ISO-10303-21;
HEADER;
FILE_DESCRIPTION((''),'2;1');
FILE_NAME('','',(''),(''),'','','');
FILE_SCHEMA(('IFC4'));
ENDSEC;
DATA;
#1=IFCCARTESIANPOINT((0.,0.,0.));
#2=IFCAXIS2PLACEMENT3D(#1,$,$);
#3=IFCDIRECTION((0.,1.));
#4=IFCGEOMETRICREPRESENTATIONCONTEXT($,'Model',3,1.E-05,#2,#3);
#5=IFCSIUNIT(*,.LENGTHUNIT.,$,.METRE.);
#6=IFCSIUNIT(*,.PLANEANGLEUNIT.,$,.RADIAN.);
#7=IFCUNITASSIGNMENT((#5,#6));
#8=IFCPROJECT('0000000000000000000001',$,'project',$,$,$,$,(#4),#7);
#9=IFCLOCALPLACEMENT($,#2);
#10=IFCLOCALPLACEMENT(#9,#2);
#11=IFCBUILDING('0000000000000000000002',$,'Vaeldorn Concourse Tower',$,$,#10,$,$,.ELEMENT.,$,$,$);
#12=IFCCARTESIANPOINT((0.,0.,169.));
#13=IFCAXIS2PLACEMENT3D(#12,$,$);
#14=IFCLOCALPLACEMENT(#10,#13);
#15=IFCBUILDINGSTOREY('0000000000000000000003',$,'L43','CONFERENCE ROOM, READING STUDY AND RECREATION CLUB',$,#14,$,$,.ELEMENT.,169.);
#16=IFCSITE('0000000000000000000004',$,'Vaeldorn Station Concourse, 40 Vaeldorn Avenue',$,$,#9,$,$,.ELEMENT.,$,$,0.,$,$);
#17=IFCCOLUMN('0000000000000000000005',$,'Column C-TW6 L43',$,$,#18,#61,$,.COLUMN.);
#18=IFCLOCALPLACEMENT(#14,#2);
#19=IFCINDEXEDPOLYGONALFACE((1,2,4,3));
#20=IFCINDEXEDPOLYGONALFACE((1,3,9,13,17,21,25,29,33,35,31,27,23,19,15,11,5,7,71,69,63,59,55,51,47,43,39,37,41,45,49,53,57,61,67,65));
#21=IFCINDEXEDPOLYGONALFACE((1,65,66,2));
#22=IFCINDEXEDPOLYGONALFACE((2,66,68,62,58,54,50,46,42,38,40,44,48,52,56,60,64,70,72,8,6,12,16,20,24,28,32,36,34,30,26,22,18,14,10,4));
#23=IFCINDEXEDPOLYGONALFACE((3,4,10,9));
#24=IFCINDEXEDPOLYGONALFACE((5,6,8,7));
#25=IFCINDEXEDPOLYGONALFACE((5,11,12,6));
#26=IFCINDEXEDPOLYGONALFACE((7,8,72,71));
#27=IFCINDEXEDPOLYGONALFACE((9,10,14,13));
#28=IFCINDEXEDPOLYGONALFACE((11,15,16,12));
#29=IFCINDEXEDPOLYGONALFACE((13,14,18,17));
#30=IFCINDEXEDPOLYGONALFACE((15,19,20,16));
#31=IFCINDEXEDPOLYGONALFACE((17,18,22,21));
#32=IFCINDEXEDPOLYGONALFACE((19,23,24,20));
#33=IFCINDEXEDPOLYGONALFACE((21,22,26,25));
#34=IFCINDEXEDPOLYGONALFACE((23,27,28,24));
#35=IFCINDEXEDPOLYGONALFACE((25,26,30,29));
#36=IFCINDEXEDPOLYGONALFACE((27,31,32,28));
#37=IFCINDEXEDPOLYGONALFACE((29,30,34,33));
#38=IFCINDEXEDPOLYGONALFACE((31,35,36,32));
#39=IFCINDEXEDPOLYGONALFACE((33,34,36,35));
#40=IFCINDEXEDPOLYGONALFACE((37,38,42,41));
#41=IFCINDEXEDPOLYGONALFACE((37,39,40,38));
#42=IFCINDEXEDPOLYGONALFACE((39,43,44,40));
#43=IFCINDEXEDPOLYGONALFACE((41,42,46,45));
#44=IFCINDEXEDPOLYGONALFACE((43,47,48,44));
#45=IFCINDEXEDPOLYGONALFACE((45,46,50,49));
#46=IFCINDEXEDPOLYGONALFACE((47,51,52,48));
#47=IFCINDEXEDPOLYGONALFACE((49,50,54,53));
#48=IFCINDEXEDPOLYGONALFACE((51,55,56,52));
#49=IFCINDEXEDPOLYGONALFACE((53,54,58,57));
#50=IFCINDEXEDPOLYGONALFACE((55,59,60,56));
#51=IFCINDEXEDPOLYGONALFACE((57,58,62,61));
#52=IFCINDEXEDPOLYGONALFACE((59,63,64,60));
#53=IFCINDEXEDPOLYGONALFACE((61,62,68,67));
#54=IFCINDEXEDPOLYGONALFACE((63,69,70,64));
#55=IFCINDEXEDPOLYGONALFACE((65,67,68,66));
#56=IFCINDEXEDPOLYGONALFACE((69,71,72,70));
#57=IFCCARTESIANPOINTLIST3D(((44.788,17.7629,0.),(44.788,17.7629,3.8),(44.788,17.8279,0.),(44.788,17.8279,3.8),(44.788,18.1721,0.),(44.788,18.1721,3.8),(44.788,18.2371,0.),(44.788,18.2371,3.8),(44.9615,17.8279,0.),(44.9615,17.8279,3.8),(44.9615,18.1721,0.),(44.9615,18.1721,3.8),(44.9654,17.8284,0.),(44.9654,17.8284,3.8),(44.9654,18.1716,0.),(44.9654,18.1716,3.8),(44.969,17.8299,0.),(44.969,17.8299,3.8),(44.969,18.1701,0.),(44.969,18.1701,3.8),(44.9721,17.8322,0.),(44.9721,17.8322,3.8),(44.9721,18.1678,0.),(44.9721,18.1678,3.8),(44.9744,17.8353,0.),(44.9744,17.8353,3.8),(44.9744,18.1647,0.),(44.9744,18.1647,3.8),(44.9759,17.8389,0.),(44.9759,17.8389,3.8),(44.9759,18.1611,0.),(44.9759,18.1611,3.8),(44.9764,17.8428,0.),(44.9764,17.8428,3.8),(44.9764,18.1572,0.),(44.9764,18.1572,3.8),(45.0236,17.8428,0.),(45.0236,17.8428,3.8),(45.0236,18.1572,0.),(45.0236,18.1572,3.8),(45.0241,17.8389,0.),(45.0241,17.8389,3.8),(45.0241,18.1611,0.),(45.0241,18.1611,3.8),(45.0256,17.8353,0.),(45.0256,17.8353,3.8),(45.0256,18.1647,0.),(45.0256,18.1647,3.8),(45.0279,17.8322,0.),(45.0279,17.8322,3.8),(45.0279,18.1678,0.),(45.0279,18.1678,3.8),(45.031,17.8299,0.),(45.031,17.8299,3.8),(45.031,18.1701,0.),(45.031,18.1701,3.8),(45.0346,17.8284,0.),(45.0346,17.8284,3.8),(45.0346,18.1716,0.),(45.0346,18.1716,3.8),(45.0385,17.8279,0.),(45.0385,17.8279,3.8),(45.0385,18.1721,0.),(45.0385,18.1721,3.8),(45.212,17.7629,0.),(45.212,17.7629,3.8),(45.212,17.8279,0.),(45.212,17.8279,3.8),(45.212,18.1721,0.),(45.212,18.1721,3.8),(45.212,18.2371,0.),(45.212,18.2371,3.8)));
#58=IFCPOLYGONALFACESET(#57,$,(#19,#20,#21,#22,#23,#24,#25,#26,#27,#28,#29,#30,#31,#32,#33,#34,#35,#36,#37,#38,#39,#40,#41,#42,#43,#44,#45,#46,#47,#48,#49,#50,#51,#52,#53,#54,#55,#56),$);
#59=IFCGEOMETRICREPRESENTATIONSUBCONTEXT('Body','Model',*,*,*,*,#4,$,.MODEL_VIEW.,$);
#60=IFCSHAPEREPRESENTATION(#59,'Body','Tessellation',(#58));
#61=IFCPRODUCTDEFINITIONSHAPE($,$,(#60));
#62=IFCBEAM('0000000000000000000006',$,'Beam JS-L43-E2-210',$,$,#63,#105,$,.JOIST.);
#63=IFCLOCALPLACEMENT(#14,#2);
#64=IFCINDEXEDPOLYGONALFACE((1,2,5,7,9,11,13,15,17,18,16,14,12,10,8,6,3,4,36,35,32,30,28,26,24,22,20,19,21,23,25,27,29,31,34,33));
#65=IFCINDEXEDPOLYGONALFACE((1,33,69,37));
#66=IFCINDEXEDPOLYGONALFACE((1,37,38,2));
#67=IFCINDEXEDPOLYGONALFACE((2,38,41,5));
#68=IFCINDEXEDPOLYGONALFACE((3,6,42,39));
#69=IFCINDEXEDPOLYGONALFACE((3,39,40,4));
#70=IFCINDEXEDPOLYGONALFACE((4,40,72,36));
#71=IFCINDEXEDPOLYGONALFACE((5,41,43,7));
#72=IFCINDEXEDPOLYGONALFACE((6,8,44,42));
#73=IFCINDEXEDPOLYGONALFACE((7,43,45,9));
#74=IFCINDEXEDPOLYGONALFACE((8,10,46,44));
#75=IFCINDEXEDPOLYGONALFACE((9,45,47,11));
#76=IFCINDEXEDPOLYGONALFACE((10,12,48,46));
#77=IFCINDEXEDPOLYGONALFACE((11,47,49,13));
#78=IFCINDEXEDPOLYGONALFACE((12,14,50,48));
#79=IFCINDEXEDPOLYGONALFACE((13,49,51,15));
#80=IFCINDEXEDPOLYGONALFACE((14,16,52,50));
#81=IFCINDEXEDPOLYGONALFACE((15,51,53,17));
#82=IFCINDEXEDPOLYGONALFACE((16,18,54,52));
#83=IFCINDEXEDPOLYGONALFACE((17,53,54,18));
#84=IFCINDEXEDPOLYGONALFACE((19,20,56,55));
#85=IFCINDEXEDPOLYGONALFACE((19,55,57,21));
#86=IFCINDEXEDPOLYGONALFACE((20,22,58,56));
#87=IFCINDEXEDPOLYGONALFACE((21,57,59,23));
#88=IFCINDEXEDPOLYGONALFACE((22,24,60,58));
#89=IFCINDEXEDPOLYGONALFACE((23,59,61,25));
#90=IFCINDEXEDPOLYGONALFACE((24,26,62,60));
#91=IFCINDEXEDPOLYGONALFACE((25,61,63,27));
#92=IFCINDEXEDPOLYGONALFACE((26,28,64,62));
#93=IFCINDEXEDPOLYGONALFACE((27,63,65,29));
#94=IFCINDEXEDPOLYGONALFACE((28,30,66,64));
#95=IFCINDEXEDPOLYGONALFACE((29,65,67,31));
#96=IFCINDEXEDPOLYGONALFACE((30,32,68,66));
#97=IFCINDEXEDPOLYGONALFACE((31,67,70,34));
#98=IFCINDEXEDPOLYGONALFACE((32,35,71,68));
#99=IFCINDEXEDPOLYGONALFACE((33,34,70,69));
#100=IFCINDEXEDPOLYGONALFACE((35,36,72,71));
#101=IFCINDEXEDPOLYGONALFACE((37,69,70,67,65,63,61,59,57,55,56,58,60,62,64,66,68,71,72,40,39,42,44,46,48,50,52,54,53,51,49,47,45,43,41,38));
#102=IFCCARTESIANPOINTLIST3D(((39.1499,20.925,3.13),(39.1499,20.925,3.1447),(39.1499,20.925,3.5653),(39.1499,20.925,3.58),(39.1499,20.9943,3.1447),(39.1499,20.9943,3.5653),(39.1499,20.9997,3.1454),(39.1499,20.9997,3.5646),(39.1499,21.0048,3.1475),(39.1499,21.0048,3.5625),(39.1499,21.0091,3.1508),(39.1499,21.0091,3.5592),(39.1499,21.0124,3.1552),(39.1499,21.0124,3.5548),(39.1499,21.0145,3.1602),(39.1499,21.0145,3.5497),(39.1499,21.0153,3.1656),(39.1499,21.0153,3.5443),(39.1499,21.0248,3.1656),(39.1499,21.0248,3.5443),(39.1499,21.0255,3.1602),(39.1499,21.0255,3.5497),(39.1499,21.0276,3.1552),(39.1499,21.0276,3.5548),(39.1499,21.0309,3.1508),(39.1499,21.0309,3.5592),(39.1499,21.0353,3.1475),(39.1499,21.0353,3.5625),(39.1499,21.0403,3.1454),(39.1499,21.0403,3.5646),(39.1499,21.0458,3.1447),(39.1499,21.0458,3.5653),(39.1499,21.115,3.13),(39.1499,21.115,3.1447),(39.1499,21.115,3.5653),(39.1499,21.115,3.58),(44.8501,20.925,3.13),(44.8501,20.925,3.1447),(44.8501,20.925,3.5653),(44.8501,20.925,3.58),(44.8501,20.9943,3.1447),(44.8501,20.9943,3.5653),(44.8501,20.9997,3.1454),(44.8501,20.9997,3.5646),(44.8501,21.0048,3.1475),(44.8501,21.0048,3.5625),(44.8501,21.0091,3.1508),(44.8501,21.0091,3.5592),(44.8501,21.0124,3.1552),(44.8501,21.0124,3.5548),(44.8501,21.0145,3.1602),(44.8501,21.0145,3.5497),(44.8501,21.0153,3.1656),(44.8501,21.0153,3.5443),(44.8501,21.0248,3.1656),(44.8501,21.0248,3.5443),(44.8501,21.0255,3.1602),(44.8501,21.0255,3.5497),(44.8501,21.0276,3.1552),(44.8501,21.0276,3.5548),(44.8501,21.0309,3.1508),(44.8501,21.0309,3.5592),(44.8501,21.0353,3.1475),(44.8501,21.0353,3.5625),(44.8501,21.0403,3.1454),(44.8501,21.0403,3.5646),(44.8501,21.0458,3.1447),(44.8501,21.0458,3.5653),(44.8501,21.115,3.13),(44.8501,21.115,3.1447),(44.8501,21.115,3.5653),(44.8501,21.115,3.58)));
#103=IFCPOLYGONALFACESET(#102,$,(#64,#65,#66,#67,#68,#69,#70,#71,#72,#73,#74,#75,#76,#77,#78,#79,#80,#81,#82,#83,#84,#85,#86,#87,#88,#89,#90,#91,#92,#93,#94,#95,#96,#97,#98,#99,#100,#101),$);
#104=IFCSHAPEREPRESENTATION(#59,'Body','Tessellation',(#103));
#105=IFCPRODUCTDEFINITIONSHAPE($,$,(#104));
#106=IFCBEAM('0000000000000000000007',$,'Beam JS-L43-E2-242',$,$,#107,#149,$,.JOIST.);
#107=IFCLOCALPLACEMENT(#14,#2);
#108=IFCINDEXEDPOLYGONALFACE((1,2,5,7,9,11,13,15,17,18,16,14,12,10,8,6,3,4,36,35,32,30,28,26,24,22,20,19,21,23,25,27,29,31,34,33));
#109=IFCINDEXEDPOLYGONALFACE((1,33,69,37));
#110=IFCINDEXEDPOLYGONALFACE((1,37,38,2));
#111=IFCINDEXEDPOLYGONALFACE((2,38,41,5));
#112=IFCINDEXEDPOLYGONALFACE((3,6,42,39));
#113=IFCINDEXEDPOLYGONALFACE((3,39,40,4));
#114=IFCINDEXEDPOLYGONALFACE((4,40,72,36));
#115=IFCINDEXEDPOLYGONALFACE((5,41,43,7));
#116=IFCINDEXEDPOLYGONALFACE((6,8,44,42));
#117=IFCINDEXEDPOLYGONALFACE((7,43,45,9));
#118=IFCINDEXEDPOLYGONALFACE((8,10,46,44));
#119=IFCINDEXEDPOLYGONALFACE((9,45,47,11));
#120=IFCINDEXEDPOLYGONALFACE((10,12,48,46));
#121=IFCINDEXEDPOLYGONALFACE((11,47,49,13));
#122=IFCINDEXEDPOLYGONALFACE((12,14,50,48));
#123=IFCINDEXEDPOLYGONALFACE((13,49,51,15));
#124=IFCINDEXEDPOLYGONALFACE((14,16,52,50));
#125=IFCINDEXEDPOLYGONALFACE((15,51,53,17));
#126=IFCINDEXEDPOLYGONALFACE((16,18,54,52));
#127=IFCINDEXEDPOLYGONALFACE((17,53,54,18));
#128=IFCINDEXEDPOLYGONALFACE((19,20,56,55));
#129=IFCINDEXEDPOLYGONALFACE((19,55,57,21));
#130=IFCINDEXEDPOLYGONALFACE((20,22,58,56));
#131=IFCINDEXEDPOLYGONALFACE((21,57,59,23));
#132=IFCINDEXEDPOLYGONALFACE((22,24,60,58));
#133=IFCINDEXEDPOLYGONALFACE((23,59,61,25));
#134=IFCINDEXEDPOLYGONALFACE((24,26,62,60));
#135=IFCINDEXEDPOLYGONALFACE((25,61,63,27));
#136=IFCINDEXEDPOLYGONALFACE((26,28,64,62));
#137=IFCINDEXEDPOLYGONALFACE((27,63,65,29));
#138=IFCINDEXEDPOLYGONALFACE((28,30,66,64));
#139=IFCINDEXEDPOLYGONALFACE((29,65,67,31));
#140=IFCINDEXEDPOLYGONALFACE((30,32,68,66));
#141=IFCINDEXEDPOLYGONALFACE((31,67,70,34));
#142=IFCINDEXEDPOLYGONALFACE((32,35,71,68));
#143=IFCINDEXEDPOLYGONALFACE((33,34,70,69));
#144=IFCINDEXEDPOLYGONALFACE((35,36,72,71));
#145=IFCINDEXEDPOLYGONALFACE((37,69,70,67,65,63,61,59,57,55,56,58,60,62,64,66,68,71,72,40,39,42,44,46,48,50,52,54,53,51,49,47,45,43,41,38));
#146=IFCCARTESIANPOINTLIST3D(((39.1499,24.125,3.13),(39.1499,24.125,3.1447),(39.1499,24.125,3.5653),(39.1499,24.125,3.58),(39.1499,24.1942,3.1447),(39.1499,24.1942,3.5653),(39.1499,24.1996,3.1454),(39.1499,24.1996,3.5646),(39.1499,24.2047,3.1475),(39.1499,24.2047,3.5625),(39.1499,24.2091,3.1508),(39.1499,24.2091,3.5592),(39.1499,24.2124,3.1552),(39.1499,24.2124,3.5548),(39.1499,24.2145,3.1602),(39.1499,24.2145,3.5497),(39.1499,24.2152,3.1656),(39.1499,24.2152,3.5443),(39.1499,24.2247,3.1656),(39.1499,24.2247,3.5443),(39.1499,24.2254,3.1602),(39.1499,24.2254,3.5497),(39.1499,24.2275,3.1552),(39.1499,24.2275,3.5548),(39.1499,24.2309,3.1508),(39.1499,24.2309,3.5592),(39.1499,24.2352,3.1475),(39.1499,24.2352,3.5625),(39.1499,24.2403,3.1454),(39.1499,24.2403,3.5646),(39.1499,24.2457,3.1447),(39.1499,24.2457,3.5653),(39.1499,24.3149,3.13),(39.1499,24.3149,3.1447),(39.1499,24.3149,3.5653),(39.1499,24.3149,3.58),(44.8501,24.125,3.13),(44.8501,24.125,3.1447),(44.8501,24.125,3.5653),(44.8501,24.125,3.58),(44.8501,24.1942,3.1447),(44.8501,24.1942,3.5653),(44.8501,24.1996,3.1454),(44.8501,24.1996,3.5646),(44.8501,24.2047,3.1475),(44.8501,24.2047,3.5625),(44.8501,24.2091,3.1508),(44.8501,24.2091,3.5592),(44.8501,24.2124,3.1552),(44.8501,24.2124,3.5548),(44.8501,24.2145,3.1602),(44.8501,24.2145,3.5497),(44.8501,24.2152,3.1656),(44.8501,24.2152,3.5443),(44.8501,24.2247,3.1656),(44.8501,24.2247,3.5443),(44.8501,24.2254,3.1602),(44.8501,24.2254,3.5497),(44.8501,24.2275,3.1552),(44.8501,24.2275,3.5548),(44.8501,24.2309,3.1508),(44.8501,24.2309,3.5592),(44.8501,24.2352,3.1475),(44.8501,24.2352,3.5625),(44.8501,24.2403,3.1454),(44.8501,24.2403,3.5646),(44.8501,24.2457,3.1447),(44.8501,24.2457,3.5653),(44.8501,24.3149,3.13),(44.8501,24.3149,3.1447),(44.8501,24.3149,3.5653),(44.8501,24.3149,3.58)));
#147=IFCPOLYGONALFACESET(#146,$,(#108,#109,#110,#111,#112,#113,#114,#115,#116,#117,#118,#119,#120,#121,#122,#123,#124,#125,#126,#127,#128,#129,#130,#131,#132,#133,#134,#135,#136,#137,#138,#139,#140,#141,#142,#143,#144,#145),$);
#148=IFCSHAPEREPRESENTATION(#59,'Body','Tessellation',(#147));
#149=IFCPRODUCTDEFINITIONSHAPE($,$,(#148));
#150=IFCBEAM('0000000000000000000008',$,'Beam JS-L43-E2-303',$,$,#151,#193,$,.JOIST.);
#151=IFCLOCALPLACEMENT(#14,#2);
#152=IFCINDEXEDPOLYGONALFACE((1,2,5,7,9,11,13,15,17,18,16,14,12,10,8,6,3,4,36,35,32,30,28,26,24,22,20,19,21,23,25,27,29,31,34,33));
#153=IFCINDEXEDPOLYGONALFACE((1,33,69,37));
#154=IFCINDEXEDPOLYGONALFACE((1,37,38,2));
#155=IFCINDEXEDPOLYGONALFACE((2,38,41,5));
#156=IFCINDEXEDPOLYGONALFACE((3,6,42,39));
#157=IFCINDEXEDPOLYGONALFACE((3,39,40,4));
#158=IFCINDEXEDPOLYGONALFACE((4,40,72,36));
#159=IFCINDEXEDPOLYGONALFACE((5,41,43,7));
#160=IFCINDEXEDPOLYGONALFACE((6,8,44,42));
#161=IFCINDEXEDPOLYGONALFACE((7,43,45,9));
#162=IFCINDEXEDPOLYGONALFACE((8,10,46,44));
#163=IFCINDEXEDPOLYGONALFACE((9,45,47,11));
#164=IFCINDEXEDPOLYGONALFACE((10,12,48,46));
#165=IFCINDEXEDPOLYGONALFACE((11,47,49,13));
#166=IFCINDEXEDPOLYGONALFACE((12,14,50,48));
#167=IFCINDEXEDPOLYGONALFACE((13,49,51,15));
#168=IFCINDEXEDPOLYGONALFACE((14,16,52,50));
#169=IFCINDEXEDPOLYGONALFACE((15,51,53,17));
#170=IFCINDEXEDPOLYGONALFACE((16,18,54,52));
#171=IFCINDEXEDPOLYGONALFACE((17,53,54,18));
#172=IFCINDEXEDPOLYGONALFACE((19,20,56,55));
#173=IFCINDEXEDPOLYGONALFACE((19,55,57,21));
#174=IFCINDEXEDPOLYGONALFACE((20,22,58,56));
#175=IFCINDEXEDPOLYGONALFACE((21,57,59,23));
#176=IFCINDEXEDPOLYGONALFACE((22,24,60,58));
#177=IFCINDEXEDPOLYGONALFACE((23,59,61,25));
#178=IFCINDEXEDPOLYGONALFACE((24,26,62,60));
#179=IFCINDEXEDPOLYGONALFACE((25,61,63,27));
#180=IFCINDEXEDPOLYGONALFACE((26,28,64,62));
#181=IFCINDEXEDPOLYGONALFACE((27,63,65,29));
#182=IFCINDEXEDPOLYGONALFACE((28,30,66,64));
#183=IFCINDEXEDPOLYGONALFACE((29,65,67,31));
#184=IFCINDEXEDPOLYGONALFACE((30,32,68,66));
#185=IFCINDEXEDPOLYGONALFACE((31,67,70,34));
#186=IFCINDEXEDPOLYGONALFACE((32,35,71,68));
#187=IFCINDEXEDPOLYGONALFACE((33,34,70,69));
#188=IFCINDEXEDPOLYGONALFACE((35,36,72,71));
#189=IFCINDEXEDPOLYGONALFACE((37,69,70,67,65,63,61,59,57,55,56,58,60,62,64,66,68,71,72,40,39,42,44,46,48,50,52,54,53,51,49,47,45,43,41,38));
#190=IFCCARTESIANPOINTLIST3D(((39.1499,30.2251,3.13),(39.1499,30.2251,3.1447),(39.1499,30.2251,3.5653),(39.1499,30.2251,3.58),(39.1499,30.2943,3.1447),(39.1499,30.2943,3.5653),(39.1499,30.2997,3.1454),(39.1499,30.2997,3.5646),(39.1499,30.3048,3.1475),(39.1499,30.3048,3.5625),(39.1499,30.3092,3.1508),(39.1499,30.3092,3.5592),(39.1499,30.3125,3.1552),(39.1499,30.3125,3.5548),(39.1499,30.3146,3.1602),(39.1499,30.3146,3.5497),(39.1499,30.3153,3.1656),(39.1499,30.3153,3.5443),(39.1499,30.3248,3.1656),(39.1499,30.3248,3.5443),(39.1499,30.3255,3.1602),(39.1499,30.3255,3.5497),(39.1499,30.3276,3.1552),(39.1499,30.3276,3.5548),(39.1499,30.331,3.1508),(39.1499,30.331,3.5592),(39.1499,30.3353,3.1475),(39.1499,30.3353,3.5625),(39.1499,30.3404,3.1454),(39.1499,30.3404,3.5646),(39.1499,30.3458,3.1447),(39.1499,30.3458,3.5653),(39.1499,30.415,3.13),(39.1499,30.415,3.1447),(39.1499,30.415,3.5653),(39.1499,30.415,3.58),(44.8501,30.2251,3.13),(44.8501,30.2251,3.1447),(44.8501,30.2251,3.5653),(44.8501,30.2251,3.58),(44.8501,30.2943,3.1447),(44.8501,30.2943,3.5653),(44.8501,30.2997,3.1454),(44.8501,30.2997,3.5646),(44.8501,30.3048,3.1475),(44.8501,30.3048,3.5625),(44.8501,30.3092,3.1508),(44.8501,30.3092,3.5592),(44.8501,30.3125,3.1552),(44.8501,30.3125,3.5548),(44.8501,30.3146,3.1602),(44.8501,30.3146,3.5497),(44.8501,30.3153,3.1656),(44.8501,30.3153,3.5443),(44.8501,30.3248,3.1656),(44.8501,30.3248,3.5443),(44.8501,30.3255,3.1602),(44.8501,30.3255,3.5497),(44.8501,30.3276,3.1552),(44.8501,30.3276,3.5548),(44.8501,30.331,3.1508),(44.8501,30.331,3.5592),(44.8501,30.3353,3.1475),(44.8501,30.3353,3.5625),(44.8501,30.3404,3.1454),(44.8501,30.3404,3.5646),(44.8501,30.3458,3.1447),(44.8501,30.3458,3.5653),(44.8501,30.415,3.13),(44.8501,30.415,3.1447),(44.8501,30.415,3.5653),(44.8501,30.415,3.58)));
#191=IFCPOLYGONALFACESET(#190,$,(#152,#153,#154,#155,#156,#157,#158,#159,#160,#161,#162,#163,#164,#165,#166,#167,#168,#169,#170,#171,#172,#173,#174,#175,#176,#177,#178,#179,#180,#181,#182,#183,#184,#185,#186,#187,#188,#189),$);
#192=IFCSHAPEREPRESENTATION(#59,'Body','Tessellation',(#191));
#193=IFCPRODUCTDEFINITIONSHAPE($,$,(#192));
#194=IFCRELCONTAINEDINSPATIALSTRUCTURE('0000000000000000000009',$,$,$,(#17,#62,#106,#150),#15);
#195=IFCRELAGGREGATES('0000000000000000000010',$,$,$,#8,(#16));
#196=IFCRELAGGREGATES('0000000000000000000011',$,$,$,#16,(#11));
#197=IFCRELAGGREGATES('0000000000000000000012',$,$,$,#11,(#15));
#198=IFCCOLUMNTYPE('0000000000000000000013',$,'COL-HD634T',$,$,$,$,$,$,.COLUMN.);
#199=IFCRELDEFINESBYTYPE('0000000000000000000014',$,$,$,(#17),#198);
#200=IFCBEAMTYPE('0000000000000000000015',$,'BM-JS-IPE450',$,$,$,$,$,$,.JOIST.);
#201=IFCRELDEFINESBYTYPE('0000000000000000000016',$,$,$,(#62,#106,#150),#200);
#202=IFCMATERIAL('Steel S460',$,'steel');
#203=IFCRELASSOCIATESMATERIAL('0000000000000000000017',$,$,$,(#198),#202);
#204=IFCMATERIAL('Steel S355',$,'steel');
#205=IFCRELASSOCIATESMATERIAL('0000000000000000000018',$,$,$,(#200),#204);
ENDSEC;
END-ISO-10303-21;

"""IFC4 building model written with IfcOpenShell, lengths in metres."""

from ifc_helpers import new_model, si_unit, direction, frame, origin, origin_2d, place, context, subcontext, project, spatial, i_section, extrude, source, transform, mapped, material, material_profile, profile_set, type_object, element, save


model = new_model("IFC4")

# Units and contexts
model_context = context("Model", 3, precision=1e-05, world=origin(), true_north=direction((0.0, 1.0)))
body_context = subcontext(model_context, "Body", "Model", "MODEL_VIEW")
ifc_project = project(units=[si_unit("LENGTHUNIT", "METRE"), si_unit("PLANEANGLEUNIT", "RADIAN")], contexts=[model_context])

# Site, building, storey
site_placement = place(None, origin())
site = spatial("IfcSite", under=ifc_project, at=site_placement, Name="Vaeldorn Station Concourse, 40 Vaeldorn Avenue", CompositionType="ELEMENT", RefElevation=0.0)
building_placement = place(site_placement, origin())
building = spatial("IfcBuilding", under=site, at=building_placement, Name="Vaeldorn Concourse Tower", CompositionType="ELEMENT")
storey_placement = place(building_placement, frame((0.0, 0.0, 169.0)))
storey = spatial("IfcBuildingStorey", under=building, at=storey_placement, Name="L43", Description="CONFERENCE ROOM, READING STUDY AND RECREATION CLUB", CompositionType="ELEMENT", Elevation=169.0)

# Column
ifc_material_1 = material(Name="Steel S460", Category="steel")
ifc_material_profile_1 = material_profile(ifc_material_1, i_section(OverallWidth=0.4241, OverallDepth=0.4741, WebThickness=0.0471, FlangeThickness=0.0649, FilletRadius=0.0149, at=origin_2d()), Name="HD 400x634")
ifc_profile_set_1 = profile_set([ifc_material_profile_1], Name="Steel S460")
column_type_1 = type_object("IfcColumnType", Name="COL-HD634T", PredefinedType="COLUMN", material=ifc_profile_set_1)
shared_shape_1 = source(origin(), body_context, "Body", "SweptSolid", [
    extrude(i_section(OverallWidth=0.4241, OverallDepth=0.4741, WebThickness=0.0471, FlangeThickness=0.0649, FilletRadius=0.0149, at=origin_2d()), origin(), (0.0, 0.0, 1.0), 3.8),
])
for number, where, z_axis, x_axis, name in (
    (1, (45.0, 18.0, 0.0), (0.0, 0.0, 1.0), (1.0, 0.0, 0.0), "Column C-TW6 L43"),
):
    element("IfcColumn", number, at=place(storey_placement, frame(where, z_axis=z_axis, x_axis=x_axis)), inside=storey, type_object=column_type_1, Name=name, PredefinedType="COLUMN", context=body_context, shape_type="MappedRepresentation", body=[
        mapped(shared_shape_1, transform((0.0, 0.0, 0.0), scale=1.0)),
    ])

# Beams
ifc_material_2 = material(Name="Steel S355", Category="steel")
ifc_material_profile_2 = material_profile(ifc_material_2, i_section(OverallWidth=0.1899, OverallDepth=0.45, WebThickness=0.0095, FlangeThickness=0.0146, FilletRadius=0.021, at=origin_2d()), Name="IPE 450")
ifc_profile_set_2 = profile_set([ifc_material_profile_2], Name="Steel S355")
beam_type_1 = type_object("IfcBeamType", Name="BM-JS-IPE450", PredefinedType="JOIST", material=ifc_profile_set_2)
shared_shape_2 = source(origin(), body_context, "Body", "SweptSolid", [
    extrude(i_section(OverallWidth=0.1899, OverallDepth=0.45, WebThickness=0.0095, FlangeThickness=0.0146, FilletRadius=0.021, at=origin_2d()), origin(), (0.0, 0.0, 1.0), 5.7002),
])
for number, where, z_axis, x_axis, name in (
    (2, (39.1499, 21.02, 3.355), (1.0, 0.0, 0.0), (0.0, 1.0, 0.0), "Beam JS-L43-E2-210"),
    (3, (39.1499, 24.22, 3.355), (1.0, 0.0, 0.0), (0.0, 1.0, 0.0), "Beam JS-L43-E2-242"),
    (4, (39.1499, 30.3201, 3.355), (1.0, 0.0, 0.0), (0.0, 1.0, 0.0), "Beam JS-L43-E2-303"),
):
    element("IfcBeam", number, at=place(storey_placement, frame(where, z_axis=z_axis, x_axis=x_axis)), inside=storey, type_object=beam_type_1, Name=name, PredefinedType="JOIST", context=body_context, shape_type="MappedRepresentation", body=[
        mapped(shared_shape_2, transform((0.0, 0.0, 0.0), scale=1.0)),
    ])

save(model, "model.ifc")
